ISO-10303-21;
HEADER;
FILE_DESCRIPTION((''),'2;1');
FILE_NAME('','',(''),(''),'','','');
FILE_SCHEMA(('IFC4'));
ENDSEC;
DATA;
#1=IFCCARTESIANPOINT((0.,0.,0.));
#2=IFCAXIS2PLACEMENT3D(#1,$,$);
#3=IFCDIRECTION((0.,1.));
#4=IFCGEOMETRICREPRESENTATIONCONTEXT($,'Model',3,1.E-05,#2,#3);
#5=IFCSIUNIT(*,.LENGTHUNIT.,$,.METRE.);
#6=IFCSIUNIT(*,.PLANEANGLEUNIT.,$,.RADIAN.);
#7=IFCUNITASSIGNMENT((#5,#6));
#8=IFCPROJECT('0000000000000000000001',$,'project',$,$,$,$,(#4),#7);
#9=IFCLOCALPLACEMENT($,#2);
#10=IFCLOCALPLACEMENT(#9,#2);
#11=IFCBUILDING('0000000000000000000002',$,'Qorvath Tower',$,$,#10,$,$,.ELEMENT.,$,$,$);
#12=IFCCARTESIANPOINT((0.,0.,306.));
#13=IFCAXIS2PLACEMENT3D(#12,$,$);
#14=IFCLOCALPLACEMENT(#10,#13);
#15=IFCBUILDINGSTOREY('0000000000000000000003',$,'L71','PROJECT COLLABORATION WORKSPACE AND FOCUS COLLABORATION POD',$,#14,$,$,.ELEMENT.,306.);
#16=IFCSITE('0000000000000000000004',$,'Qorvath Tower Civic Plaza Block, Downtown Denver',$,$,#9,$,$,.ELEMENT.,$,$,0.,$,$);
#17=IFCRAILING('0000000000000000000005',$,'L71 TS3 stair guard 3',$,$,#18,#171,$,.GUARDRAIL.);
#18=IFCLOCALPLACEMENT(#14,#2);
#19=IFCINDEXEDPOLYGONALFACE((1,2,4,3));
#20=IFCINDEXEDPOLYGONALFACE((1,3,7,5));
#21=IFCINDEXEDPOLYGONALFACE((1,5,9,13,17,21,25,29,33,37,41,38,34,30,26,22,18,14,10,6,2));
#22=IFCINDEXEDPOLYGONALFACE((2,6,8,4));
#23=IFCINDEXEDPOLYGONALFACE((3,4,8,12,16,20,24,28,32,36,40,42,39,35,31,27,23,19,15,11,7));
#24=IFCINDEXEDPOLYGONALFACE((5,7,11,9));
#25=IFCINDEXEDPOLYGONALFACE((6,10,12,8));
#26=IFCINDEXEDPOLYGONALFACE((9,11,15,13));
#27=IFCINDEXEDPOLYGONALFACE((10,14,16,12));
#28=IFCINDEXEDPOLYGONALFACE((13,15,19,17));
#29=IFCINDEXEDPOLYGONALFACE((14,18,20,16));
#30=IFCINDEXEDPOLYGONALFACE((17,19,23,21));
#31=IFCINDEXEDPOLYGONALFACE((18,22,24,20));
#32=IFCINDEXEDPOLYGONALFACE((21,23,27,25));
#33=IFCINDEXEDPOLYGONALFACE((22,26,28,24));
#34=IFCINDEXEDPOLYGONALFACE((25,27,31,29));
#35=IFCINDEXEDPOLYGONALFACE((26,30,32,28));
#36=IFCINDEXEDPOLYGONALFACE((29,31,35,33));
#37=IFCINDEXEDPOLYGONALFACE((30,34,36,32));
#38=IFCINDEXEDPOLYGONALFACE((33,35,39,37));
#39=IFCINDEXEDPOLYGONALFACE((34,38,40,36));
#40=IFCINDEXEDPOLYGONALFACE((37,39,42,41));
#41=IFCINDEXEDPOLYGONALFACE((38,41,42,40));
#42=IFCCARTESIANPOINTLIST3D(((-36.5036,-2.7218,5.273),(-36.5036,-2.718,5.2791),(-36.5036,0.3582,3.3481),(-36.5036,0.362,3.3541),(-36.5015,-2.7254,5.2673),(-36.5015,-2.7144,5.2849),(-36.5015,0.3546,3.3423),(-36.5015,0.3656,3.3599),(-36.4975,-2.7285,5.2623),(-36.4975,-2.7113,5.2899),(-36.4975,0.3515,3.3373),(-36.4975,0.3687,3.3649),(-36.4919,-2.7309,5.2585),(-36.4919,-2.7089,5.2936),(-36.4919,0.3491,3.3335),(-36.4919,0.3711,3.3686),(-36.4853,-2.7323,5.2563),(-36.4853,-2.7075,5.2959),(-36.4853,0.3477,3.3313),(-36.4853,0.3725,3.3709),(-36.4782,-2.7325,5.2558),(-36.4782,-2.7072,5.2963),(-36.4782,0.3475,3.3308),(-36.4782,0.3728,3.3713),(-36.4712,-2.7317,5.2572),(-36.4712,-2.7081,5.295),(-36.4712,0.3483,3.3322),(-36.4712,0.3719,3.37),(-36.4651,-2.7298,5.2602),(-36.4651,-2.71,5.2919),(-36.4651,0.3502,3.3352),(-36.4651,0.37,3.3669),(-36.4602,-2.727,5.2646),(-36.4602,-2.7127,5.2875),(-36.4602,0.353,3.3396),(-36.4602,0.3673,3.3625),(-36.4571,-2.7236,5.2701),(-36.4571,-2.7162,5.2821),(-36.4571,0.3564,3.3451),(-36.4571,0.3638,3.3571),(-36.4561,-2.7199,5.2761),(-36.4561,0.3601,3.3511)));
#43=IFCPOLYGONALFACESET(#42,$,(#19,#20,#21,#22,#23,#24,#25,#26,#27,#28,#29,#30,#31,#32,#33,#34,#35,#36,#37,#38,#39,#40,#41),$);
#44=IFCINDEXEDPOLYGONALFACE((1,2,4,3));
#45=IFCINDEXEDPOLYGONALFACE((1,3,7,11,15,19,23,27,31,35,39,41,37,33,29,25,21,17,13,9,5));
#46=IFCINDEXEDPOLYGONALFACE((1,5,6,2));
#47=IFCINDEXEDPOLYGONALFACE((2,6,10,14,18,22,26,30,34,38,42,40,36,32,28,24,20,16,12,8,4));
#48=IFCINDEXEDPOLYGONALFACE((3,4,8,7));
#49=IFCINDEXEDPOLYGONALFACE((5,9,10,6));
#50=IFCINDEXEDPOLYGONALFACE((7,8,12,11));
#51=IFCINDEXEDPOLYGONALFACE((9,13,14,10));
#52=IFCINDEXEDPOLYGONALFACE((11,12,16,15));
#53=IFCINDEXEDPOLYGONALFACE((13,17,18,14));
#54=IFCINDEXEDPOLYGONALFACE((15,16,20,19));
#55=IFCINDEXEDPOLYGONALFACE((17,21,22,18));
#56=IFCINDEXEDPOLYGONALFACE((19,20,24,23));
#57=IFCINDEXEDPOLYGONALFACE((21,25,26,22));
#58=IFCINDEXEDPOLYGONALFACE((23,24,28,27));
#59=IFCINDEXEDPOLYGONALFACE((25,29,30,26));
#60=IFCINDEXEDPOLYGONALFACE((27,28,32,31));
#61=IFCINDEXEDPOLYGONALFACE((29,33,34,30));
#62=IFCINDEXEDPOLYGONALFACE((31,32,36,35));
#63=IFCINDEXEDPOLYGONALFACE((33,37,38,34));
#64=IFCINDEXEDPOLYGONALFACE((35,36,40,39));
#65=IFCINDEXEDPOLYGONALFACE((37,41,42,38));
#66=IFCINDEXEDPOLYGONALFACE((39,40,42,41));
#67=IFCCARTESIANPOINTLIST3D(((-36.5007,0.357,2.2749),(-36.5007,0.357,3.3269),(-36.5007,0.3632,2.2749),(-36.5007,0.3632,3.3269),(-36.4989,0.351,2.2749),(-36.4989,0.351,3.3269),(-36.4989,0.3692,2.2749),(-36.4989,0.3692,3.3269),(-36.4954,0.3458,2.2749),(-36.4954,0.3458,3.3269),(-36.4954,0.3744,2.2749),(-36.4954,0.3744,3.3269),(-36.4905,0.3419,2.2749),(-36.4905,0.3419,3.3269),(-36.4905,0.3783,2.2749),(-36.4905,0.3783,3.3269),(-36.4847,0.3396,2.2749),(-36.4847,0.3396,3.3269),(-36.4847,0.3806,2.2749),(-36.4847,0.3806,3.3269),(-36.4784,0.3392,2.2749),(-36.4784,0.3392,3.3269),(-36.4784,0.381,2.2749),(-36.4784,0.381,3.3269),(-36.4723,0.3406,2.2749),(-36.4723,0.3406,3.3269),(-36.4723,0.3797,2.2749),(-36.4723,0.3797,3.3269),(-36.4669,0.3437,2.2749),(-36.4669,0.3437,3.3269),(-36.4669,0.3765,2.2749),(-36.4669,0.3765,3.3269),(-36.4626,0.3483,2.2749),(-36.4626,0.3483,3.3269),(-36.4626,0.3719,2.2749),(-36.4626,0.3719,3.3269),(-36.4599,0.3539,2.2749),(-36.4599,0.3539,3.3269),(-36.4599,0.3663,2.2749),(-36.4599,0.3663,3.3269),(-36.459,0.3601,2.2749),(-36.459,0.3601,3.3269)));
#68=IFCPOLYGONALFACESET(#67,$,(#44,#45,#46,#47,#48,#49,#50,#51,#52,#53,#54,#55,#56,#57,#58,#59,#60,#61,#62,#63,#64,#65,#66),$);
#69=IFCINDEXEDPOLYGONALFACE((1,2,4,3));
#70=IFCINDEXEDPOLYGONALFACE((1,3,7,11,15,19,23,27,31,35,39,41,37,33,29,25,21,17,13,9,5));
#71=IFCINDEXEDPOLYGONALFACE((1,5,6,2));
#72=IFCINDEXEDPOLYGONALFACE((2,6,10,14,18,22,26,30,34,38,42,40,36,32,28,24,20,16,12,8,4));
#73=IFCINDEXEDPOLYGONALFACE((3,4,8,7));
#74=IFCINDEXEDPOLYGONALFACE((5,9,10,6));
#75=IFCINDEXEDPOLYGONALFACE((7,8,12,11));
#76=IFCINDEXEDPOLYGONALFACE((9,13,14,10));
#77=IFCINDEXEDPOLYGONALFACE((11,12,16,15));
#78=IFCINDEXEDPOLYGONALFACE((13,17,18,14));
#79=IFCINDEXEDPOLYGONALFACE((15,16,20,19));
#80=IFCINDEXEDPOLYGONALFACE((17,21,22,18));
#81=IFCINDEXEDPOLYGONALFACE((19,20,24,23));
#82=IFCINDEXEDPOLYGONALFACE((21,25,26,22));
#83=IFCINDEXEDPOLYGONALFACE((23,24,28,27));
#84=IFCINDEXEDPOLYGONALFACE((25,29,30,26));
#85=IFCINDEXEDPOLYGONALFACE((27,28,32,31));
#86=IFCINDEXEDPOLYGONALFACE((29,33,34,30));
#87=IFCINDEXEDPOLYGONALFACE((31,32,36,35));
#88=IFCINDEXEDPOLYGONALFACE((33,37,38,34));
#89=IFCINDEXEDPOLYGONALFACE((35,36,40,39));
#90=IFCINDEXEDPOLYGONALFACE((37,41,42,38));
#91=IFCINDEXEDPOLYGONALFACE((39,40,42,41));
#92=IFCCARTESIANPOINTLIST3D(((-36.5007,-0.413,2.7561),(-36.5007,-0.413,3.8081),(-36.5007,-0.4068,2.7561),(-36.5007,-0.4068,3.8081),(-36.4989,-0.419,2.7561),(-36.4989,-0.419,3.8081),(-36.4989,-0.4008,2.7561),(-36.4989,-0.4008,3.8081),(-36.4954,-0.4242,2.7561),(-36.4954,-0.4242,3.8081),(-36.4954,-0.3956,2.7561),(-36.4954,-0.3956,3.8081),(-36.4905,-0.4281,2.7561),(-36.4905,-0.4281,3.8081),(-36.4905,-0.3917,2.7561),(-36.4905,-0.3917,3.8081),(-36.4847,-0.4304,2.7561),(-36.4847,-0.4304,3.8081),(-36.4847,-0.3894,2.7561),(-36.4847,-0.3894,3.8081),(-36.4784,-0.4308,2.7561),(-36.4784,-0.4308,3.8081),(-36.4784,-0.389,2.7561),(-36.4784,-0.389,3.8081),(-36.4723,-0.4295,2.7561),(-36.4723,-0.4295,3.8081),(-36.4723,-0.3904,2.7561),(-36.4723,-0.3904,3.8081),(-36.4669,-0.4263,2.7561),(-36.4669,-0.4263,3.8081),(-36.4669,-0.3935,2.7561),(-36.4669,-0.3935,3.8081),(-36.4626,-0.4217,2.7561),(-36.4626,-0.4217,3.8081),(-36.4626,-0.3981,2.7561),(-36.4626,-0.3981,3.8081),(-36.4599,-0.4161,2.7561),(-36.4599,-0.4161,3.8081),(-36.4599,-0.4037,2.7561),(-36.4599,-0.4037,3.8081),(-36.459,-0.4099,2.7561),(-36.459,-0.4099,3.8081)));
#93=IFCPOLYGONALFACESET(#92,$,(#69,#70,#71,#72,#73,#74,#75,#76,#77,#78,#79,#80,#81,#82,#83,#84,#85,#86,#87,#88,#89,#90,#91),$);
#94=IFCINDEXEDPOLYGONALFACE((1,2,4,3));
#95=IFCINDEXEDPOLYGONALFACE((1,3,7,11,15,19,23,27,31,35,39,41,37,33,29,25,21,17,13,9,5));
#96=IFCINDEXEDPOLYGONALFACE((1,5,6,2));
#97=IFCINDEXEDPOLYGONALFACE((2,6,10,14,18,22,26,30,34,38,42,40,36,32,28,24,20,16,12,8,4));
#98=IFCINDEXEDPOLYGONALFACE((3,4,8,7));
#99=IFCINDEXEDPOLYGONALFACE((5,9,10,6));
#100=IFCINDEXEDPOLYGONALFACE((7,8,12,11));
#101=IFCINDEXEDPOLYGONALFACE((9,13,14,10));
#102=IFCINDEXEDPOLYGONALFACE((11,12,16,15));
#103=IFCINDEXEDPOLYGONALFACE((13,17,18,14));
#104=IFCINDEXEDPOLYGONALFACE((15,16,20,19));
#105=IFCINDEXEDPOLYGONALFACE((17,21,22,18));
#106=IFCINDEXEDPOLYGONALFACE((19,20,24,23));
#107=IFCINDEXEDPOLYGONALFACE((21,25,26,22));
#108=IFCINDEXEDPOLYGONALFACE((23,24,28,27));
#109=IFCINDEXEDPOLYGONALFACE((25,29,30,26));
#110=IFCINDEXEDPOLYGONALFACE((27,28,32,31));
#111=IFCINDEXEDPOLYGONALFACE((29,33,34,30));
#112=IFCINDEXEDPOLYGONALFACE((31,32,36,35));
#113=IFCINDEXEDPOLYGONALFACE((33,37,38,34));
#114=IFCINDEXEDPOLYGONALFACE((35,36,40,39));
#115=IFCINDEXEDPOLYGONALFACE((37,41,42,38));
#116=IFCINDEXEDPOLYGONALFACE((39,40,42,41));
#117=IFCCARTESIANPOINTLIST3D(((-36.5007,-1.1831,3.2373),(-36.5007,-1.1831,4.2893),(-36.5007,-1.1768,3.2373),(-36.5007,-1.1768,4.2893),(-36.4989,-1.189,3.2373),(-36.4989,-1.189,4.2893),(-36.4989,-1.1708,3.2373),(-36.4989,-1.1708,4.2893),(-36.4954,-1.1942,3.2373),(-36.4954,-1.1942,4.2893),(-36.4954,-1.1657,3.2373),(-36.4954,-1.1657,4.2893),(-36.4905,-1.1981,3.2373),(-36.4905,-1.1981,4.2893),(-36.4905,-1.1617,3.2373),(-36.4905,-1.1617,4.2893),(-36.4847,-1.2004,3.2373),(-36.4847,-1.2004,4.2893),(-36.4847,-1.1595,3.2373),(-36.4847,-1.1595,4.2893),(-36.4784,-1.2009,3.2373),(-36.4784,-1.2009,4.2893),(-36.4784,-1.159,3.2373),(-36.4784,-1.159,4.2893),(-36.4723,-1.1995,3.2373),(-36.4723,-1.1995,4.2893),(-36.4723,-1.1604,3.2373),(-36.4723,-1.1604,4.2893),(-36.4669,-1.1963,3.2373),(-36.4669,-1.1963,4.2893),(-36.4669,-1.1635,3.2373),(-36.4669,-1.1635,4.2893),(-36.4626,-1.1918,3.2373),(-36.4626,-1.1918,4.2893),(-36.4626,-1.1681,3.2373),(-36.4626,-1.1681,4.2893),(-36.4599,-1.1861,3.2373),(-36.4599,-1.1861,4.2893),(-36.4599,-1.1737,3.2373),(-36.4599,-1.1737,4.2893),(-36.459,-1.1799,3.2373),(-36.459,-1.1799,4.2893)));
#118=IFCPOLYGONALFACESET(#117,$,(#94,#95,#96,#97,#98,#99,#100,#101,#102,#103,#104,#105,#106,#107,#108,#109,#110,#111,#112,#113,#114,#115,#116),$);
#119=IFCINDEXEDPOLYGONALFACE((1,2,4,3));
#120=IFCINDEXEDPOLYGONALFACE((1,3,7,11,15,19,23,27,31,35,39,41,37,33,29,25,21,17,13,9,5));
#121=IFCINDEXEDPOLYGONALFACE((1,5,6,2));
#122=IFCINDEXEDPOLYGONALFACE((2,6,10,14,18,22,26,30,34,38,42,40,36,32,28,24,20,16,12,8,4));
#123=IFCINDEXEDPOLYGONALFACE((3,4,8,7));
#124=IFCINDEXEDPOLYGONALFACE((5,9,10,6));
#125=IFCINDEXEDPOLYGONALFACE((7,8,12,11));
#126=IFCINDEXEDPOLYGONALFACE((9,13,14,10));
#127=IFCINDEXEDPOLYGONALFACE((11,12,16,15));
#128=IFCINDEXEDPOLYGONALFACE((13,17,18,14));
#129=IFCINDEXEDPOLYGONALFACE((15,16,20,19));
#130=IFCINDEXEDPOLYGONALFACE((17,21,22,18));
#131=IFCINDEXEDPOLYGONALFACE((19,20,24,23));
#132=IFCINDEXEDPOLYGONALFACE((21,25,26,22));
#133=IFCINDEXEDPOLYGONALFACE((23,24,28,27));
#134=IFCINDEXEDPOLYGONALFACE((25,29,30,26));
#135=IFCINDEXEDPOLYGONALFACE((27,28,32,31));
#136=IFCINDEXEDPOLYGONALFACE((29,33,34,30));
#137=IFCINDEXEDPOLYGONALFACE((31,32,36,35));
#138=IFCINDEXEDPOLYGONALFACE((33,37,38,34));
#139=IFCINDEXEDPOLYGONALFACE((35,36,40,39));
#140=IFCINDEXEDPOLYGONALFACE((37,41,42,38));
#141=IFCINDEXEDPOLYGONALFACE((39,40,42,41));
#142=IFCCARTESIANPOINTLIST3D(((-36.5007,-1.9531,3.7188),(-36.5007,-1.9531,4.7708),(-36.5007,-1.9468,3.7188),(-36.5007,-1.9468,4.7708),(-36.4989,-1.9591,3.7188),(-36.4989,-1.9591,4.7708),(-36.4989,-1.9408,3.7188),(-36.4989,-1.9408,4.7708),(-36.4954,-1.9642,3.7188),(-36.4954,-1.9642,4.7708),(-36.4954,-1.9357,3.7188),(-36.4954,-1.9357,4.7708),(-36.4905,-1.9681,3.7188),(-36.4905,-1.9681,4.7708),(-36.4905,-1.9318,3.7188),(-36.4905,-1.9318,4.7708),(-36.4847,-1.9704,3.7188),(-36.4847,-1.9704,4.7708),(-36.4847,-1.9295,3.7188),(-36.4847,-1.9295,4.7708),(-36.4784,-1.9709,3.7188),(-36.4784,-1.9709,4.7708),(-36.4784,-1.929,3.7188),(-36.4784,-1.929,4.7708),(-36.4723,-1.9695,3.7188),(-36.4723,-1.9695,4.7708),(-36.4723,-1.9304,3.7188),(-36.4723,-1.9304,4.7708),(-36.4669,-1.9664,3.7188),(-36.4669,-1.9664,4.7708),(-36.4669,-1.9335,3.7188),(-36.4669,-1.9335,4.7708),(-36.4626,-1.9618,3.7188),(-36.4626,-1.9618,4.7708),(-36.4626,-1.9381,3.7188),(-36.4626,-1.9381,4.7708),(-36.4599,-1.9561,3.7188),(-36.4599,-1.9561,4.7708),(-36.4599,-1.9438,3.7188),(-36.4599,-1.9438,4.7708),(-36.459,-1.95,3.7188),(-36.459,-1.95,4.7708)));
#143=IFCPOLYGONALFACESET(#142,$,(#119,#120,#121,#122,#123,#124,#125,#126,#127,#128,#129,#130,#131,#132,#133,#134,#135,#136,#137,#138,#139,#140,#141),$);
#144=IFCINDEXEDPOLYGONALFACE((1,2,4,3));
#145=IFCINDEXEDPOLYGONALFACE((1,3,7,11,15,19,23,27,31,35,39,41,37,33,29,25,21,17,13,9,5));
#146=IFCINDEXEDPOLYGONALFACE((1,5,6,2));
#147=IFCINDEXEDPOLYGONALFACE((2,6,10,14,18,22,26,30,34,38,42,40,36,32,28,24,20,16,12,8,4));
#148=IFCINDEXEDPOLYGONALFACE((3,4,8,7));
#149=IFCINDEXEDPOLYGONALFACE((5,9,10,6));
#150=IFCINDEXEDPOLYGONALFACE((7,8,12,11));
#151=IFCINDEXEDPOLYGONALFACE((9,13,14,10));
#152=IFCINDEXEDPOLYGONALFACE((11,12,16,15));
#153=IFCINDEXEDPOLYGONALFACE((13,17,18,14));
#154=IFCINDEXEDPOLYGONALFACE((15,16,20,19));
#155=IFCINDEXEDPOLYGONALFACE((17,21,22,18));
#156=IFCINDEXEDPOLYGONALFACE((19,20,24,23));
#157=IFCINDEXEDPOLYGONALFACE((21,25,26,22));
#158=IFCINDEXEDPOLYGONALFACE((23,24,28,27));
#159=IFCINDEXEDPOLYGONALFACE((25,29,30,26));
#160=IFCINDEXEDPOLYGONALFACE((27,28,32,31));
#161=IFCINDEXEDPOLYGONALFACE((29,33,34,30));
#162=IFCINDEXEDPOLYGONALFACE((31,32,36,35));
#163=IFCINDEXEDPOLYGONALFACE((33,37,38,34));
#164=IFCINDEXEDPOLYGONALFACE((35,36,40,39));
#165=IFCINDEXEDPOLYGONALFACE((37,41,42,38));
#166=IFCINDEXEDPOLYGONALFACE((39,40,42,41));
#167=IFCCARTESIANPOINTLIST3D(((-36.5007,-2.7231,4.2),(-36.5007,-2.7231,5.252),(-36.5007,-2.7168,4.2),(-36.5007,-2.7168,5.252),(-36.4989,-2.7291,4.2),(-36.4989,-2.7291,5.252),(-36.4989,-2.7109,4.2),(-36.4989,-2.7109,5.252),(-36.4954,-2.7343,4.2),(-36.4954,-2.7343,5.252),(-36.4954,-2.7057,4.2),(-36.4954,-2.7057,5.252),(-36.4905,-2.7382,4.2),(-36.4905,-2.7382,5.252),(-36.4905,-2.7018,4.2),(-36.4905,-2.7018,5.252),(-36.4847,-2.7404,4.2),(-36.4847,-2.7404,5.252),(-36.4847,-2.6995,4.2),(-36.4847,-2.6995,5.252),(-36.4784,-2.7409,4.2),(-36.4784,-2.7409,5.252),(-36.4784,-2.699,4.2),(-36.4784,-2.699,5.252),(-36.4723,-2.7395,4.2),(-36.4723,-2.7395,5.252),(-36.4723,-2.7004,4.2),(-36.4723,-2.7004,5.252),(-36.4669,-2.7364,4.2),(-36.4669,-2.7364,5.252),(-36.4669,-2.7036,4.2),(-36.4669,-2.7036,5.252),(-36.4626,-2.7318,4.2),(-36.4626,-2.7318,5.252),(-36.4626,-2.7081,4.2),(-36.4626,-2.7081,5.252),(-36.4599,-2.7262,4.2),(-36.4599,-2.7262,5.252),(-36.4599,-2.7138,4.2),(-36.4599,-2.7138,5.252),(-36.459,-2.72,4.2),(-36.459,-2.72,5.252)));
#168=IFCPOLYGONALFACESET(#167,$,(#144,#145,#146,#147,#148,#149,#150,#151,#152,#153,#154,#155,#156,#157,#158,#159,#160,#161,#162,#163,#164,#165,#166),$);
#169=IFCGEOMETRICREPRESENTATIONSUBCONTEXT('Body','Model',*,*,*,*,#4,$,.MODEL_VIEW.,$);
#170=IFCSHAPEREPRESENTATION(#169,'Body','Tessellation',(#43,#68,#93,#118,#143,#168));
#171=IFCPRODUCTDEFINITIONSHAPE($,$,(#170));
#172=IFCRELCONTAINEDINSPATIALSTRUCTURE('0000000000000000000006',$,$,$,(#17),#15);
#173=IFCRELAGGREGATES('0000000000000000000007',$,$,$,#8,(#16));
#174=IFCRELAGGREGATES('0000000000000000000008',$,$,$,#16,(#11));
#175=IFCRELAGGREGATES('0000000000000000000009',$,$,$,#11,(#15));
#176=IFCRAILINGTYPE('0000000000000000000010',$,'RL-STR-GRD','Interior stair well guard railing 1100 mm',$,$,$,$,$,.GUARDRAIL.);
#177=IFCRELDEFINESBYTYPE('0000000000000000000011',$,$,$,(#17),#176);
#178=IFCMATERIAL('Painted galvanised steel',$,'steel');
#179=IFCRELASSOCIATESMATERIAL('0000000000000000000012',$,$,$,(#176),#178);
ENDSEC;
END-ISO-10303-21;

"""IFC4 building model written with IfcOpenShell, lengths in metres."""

from ifc_helpers import new_model, si_unit, direction, frame, origin, origin_2d, place, context, subcontext, project, spatial, circle, extrude, material, type_object, element, save


model = new_model("IFC4")

# Units and contexts
model_context = context("Model", 3, precision=1e-05, world=origin(), true_north=direction((0.0, 1.0)))
body_context = subcontext(model_context, "Body", "Model", "MODEL_VIEW")
ifc_project = project(units=[si_unit("LENGTHUNIT", "METRE"), si_unit("PLANEANGLEUNIT", "RADIAN")], contexts=[model_context])

# Site, building, storey
site_placement = place(None, origin())
site = spatial("IfcSite", under=ifc_project, at=site_placement, Name="Qorvath Tower Civic Plaza Block, Downtown Denver", CompositionType="ELEMENT", RefElevation=0.0)
building_placement = place(site_placement, origin())
building = spatial("IfcBuilding", under=site, at=building_placement, Name="Qorvath Tower", CompositionType="ELEMENT")
storey_placement = place(building_placement, frame((0.0, 0.0, 306.0)))
storey = spatial("IfcBuildingStorey", under=building, at=storey_placement, Name="L71", Description="PROJECT COLLABORATION WORKSPACE AND FOCUS COLLABORATION POD", CompositionType="ELEMENT", Elevation=306.0)

# Railing
ifc_material_1 = material(Name="Painted galvanised steel", Category="steel")
railing_type_1 = type_object("IfcRailingType", Name="RL-STR-GRD", Description="Interior stair well guard railing 1100 mm", PredefinedType="GUARDRAIL", material=ifc_material_1)
railing_1_placement = place(storey_placement, frame((-36.48, 0.3601, 2.2749)))
element("IfcRailing", 1, at=railing_1_placement, inside=storey, type_object=railing_type_1, Name="L71 TS3 stair guard 3", PredefinedType="GUARDRAIL", context=body_context, shape_type="SweptSolid", body=[
    extrude(circle(Radius=0.0239, at=origin_2d()), frame((0.0, 0.0, 1.0762), z_axis=(0.0, -0.847998, 0.529999), x_axis=(1.0, 0.0, 0.0)), (0.0, 0.0, 1.0), 3.6321),
    extrude(circle(Radius=0.021, at=origin_2d()), origin(), (0.0, 0.0, 1.0), 1.052),
    extrude(circle(Radius=0.021, at=origin_2d()), frame((0.0, -0.77, 0.4812)), (0.0, 0.0, 1.0), 1.052),
    extrude(circle(Radius=0.021, at=origin_2d()), frame((0.0, -1.54, 0.9624)), (0.0, 0.0, 1.0), 1.052),
    extrude(circle(Radius=0.021, at=origin_2d()), frame((0.0, -2.3101, 1.4438)), (0.0, 0.0, 1.0), 1.052),
    extrude(circle(Radius=0.021, at=origin_2d()), frame((0.0, -3.0801, 1.925)), (0.0, 0.0, 1.0), 1.052),
])

save(model, "model.ifc")
